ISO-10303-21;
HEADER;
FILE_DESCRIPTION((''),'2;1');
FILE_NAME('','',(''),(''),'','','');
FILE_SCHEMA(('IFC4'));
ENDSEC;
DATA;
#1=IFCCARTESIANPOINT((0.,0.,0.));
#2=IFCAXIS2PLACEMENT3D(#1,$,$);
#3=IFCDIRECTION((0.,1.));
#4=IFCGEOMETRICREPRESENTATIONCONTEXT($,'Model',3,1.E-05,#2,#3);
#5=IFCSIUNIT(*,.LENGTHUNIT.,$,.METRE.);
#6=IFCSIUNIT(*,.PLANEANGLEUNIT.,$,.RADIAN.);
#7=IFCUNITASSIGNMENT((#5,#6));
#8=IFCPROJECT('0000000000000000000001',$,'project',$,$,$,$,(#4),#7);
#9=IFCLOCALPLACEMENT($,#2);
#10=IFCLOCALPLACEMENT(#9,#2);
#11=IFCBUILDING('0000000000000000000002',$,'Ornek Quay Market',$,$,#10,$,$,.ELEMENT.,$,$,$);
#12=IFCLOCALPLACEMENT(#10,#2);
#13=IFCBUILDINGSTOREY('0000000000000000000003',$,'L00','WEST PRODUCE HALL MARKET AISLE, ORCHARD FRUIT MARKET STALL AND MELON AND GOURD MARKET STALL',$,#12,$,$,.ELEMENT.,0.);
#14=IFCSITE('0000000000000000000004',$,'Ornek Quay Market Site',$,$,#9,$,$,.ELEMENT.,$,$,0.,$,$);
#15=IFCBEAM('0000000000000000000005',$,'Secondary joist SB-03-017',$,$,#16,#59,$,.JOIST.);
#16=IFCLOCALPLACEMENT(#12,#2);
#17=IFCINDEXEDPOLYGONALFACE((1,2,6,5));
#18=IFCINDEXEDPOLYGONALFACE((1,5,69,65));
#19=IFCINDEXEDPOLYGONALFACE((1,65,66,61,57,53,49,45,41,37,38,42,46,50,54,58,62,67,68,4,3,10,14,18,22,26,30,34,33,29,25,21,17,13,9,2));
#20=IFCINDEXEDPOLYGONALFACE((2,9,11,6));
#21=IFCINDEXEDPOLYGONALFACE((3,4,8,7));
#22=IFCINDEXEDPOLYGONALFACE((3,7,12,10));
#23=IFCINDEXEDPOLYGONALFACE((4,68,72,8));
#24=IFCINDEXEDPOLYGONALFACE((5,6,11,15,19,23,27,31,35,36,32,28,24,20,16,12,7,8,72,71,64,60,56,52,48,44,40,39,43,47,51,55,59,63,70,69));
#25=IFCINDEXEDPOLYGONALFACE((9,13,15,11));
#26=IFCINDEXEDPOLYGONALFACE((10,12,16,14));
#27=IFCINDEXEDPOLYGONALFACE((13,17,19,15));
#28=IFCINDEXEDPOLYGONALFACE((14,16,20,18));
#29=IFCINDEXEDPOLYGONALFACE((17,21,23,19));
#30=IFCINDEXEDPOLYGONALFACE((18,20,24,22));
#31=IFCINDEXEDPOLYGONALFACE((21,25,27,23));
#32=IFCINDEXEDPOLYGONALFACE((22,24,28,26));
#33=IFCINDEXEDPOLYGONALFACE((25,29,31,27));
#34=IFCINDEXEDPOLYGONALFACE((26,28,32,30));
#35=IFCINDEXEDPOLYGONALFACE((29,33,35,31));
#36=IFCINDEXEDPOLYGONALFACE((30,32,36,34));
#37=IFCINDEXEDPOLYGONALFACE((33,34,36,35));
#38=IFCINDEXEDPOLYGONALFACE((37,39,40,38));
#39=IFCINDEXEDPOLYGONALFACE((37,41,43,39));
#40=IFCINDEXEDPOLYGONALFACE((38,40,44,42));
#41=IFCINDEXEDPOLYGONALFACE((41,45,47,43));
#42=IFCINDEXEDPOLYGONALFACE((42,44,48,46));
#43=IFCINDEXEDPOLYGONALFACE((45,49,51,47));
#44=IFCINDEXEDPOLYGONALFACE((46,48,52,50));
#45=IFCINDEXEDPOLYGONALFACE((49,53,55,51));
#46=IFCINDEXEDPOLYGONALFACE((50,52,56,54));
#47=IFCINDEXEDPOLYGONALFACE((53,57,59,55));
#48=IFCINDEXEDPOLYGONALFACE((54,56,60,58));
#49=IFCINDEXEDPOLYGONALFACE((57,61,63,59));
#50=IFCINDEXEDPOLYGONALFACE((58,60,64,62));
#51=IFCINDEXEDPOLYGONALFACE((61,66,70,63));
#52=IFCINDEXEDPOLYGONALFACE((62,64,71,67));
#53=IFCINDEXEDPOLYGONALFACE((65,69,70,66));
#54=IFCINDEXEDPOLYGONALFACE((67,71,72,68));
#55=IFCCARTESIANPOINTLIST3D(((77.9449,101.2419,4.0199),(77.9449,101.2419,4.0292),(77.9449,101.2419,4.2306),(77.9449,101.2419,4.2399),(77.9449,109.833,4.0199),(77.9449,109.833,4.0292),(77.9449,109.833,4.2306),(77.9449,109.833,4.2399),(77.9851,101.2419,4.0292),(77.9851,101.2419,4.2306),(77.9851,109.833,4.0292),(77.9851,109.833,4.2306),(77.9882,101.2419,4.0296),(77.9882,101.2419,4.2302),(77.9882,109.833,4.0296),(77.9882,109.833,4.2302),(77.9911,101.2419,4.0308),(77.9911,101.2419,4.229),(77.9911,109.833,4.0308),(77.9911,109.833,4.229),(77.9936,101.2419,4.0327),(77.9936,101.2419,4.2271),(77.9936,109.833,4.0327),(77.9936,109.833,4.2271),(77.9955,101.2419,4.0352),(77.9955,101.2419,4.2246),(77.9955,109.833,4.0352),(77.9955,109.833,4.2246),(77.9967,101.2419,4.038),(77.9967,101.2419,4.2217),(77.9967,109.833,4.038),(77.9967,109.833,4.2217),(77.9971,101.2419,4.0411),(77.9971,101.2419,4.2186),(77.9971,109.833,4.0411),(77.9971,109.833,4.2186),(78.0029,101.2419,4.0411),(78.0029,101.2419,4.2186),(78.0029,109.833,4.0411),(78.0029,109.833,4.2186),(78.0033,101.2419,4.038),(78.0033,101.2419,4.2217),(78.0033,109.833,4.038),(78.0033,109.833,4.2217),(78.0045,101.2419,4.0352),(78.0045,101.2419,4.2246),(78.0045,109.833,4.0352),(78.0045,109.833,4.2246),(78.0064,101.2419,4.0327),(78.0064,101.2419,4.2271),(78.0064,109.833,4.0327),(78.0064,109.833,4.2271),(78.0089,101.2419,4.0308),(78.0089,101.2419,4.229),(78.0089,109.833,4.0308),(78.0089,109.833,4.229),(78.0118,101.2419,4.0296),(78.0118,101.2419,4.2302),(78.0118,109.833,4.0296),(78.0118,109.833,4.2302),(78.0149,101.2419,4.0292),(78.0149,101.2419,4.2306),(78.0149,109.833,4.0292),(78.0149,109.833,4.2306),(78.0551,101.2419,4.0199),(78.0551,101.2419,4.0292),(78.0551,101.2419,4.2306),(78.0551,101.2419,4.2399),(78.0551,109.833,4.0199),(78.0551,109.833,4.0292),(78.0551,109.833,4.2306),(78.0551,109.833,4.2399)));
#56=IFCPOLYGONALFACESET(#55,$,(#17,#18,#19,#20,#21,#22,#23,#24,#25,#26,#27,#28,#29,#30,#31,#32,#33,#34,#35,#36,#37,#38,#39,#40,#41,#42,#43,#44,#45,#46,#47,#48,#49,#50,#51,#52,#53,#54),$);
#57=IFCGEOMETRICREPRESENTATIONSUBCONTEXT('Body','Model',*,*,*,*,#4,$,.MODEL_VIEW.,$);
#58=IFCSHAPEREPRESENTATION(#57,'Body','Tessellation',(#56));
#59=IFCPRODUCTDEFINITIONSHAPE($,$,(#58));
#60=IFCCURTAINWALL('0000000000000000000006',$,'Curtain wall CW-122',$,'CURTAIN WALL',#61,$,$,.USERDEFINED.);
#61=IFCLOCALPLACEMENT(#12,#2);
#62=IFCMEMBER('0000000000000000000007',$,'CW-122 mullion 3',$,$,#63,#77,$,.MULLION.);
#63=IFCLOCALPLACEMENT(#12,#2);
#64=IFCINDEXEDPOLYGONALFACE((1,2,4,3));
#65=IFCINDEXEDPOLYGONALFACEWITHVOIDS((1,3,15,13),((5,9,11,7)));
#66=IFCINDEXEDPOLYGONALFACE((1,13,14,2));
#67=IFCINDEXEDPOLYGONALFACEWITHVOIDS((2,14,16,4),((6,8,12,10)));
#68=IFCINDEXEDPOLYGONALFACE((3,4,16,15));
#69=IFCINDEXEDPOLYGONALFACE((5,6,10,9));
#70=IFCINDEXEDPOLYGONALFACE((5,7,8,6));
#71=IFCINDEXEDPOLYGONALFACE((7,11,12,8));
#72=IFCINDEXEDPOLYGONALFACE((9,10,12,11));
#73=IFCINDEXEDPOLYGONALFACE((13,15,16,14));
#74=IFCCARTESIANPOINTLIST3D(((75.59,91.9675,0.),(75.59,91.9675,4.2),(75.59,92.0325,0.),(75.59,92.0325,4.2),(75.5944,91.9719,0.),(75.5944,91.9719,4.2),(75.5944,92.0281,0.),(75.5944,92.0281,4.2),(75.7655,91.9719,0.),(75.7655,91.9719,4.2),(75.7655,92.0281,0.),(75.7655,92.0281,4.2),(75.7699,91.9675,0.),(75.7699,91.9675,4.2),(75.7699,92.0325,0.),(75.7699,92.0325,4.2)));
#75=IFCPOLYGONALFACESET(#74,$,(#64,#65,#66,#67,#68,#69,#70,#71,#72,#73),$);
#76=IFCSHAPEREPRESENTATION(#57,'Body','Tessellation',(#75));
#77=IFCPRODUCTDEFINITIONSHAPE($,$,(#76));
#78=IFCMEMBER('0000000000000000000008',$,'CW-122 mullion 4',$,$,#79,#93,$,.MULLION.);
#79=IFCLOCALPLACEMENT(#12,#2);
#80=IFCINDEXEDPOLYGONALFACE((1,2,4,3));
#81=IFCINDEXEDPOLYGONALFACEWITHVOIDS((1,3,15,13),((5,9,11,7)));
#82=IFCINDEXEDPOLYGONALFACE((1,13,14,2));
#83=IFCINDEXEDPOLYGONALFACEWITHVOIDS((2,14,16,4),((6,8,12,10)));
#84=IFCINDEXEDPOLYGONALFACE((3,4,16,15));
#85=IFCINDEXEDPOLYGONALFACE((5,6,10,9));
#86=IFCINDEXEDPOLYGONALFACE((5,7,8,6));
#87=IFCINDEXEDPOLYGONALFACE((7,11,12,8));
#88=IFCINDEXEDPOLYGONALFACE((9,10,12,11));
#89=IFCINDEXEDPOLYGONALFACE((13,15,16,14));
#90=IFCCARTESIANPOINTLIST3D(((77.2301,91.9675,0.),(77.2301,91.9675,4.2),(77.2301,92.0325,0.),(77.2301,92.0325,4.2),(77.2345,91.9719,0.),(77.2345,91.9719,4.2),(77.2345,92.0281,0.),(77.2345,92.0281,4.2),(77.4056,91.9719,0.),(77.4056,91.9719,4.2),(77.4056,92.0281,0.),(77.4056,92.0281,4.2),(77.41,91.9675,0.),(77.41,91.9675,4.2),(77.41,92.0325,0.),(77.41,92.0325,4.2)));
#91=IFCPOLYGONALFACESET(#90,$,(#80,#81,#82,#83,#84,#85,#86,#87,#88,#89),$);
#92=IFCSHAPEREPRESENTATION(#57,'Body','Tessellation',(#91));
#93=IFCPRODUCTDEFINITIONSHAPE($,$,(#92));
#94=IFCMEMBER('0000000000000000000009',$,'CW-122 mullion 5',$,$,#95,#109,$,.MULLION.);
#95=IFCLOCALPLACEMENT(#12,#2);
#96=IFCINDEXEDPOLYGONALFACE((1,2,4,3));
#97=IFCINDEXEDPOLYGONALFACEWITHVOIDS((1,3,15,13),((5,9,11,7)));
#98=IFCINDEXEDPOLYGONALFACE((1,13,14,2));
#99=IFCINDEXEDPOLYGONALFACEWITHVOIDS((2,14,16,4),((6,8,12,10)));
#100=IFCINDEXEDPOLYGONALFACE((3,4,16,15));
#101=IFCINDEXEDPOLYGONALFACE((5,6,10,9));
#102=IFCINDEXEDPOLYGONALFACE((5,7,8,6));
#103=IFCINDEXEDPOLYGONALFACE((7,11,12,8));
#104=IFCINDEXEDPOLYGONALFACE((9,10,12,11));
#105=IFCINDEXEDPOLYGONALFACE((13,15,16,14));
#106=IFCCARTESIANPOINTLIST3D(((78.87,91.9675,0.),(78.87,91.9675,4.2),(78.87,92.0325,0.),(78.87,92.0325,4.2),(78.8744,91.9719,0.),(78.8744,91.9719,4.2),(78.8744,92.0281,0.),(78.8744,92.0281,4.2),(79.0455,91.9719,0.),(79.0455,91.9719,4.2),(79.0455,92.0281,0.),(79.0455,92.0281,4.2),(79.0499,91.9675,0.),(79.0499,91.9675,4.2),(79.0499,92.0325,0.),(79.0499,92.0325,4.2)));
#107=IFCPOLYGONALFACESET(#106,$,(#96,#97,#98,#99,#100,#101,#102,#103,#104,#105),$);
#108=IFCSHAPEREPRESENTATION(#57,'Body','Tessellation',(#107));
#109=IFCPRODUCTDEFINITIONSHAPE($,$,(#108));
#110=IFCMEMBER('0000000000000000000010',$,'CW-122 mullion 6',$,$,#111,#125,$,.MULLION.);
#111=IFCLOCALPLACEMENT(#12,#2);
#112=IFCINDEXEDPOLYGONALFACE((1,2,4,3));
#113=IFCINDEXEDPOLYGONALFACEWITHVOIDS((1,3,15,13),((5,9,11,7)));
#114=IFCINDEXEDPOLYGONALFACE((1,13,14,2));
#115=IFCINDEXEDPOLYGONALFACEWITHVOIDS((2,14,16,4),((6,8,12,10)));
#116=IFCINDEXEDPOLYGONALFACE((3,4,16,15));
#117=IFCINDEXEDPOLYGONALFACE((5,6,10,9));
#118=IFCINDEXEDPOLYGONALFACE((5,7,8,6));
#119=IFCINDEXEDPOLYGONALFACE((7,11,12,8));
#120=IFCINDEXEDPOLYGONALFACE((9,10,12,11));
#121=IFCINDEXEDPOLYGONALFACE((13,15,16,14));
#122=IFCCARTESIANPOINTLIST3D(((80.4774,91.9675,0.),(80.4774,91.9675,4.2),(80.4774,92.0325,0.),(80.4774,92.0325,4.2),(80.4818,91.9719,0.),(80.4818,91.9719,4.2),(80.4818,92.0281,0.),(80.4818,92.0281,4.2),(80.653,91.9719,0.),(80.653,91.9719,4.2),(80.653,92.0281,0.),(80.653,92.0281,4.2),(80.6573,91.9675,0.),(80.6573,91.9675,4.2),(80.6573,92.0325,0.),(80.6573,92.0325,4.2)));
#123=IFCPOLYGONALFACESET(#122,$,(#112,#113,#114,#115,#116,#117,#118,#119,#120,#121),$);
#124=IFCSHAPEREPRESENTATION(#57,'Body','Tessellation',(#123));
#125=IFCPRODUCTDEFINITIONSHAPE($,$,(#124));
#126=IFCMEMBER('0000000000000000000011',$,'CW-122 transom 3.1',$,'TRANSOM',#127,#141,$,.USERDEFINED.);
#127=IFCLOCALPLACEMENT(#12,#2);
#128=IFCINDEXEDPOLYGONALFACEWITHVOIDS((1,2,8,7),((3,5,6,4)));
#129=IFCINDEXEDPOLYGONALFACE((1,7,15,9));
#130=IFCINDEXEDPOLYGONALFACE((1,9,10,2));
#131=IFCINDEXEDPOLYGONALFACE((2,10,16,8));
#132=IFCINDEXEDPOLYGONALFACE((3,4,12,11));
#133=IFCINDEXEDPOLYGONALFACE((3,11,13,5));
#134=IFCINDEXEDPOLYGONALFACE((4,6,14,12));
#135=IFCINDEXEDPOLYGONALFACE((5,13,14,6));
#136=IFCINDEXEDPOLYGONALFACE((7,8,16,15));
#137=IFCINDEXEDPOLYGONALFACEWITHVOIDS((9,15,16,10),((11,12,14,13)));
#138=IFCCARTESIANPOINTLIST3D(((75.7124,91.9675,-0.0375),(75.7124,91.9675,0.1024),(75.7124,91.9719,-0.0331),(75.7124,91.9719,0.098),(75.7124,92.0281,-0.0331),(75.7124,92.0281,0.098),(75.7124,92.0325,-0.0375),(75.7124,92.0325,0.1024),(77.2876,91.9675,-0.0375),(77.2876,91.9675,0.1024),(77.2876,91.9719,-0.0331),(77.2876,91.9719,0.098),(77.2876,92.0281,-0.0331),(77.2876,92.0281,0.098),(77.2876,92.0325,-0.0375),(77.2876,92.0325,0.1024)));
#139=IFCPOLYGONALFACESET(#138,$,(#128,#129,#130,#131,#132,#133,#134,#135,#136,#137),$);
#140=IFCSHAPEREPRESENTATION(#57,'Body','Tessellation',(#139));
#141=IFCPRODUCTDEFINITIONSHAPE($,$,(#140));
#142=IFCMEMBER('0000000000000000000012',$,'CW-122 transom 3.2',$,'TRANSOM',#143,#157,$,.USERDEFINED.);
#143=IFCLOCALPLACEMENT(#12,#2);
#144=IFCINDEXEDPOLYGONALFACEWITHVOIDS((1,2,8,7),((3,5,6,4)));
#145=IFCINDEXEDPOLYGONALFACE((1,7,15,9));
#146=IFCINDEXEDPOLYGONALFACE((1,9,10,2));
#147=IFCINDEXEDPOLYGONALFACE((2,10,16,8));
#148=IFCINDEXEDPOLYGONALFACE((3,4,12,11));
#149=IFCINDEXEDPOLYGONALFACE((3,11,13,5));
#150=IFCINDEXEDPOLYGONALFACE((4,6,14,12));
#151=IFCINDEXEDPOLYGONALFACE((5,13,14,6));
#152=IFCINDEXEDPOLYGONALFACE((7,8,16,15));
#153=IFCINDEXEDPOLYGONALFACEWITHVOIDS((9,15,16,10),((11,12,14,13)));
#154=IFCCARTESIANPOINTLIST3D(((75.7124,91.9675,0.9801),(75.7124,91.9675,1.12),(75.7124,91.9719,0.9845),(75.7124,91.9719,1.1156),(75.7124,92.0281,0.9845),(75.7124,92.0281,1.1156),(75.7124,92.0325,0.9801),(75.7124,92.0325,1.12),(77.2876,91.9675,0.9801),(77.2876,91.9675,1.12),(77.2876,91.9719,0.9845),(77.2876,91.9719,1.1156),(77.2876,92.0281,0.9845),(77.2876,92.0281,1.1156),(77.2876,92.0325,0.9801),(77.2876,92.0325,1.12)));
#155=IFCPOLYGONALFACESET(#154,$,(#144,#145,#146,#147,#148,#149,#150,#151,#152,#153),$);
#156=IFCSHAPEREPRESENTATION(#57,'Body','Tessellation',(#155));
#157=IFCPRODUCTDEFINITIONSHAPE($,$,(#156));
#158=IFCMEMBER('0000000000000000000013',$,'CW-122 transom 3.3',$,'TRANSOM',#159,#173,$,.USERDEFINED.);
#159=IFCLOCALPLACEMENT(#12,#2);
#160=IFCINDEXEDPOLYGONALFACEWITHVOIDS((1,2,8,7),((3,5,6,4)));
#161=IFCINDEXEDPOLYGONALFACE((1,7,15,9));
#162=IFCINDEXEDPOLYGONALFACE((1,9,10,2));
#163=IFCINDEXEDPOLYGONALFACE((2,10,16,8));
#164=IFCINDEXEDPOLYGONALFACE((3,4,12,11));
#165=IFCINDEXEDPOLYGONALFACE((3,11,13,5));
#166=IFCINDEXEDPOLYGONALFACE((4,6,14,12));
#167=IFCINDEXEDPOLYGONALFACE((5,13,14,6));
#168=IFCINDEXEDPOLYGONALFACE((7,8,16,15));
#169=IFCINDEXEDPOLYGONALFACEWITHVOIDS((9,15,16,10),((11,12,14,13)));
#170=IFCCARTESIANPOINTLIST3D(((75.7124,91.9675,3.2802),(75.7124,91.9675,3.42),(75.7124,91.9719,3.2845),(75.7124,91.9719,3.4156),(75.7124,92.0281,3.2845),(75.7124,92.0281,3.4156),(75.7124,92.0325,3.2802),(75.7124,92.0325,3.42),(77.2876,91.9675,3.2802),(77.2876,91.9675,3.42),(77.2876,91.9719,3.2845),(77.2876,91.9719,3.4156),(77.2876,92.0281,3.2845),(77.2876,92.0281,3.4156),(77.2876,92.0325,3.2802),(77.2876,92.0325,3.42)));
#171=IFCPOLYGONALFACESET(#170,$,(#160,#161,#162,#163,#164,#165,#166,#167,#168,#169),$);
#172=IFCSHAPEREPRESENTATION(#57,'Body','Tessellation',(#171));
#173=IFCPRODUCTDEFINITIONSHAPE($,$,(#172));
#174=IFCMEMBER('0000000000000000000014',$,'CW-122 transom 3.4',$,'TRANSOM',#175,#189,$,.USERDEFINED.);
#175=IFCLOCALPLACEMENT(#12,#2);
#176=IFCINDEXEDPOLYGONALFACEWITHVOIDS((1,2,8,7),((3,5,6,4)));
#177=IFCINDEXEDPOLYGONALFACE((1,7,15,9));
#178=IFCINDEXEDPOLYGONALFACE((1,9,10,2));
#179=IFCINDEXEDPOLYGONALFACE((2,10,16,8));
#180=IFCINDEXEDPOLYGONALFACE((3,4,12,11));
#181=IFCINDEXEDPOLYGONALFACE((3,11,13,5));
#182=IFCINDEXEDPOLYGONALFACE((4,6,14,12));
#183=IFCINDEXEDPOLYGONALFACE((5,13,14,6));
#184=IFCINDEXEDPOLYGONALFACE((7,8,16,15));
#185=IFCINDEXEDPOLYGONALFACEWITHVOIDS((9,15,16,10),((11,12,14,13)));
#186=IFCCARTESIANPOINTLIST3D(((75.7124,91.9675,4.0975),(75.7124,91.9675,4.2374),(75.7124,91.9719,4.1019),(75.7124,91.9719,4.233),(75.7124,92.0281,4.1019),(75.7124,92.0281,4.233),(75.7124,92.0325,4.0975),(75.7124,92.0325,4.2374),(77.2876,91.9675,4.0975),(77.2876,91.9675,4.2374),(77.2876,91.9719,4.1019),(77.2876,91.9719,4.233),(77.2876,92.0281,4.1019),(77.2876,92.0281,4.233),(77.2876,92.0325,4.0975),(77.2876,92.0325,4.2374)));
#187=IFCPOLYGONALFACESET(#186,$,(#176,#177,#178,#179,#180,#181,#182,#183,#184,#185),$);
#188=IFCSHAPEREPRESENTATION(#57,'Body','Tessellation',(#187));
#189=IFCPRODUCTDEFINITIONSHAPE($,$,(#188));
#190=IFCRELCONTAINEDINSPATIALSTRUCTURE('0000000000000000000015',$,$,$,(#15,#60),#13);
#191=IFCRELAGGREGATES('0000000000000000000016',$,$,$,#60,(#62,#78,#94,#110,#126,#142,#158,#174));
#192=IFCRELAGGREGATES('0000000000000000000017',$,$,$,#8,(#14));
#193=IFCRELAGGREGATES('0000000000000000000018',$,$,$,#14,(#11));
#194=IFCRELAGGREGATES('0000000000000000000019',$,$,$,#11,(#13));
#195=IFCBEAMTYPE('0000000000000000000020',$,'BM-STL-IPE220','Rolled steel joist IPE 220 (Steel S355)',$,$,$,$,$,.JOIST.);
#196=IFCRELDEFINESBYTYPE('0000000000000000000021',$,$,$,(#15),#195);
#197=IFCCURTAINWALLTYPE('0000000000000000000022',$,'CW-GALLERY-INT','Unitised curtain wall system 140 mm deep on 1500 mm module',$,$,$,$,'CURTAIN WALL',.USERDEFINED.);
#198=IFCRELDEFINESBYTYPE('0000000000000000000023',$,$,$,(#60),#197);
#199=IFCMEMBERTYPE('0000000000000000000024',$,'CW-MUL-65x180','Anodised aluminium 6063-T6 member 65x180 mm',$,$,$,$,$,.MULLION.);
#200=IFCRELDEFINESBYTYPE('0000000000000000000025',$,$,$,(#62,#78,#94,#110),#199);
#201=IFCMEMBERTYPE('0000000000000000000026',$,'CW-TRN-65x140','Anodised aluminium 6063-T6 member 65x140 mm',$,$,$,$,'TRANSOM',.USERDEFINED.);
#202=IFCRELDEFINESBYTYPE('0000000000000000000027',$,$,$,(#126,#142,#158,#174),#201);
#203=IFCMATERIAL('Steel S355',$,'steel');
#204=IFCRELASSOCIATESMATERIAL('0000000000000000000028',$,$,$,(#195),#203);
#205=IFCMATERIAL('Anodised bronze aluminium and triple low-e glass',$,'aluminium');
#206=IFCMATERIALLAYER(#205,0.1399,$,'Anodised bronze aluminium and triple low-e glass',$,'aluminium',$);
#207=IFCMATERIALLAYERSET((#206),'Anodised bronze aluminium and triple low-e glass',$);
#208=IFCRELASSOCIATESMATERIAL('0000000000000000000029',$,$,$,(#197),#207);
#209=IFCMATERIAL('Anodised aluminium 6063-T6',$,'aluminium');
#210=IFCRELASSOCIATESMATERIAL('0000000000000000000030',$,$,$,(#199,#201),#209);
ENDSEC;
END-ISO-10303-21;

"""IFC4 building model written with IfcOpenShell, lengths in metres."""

from ifc_helpers import new_model, si_unit, direction, frame, origin, origin_2d, place, context, subcontext, project, spatial, hollow_rectangle, i_section, extrude, material, layer, layer_set, material_profile, profile_set, type_object, element, aggregate, save


model = new_model("IFC4")

# Units and contexts
model_context = context("Model", 3, precision=1e-05, world=origin(), true_north=direction((0.0, 1.0)))
body_context = subcontext(model_context, "Body", "Model", "MODEL_VIEW")
ifc_project = project(units=[si_unit("LENGTHUNIT", "METRE"), si_unit("PLANEANGLEUNIT", "RADIAN")], contexts=[model_context])

# Site, building, storey
site_placement = place(None, origin())
site = spatial("IfcSite", under=ifc_project, at=site_placement, Name="Ornek Quay Market Site", CompositionType="ELEMENT", RefElevation=0.0)
building_placement = place(site_placement, origin())
building = spatial("IfcBuilding", under=site, at=building_placement, Name="Ornek Quay Market", CompositionType="ELEMENT")
storey_placement = place(building_placement, origin())
storey = spatial("IfcBuildingStorey", under=building, at=storey_placement, Name="L00", Description="WEST PRODUCE HALL MARKET AISLE, ORCHARD FRUIT MARKET STALL AND MELON AND GOURD MARKET STALL", CompositionType="ELEMENT", Elevation=0.0)

# Beam
ifc_material_1 = material(Name="Steel S355", Category="steel")
ifc_material_profile_1 = material_profile(ifc_material_1, i_section(OverallWidth=0.1101, OverallDepth=0.22, WebThickness=0.0059, FlangeThickness=0.0093, FilletRadius=0.012, at=origin_2d()), Name="IPE 220", Category="steel")
ifc_profile_set_1 = profile_set([ifc_material_profile_1], Name="Steel S355")
beam_type_1 = type_object("IfcBeamType", Name="BM-STL-IPE220", Description="Rolled steel joist IPE 220 (Steel S355)", PredefinedType="JOIST", material=ifc_profile_set_1)
for number, where, z_axis, x_axis, name in (
    (1, (78.0, 101.2419, 4.1299), (0.0, 1.0, 0.0), (-1.0, 0.0, 0.0), "Secondary joist SB-03-017"),
):
    element("IfcBeam", number, at=place(storey_placement, frame(where, z_axis=z_axis, x_axis=x_axis)), inside=storey, type_object=beam_type_1, Name=name, PredefinedType="JOIST", context=body_context, shape_type="SweptSolid", body=[
        extrude(i_section(OverallWidth=0.1101, OverallDepth=0.22, WebThickness=0.0059, FlangeThickness=0.0093, FilletRadius=0.012, at=origin_2d()), origin(), (0.0, 0.0, 1.0), 8.5911),
    ])

# Curtain wall, members
ifc_material_2 = material(Name="Anodised bronze aluminium and triple low-e glass", Category="aluminium")
ifc_layer_1 = layer(ifc_material_2, 0.1399, Name="Anodised bronze aluminium and triple low-e glass", Category="aluminium")
ifc_layer_set_1 = layer_set([ifc_layer_1], Name="Anodised bronze aluminium and triple low-e glass")
curtain_wall_type = type_object("IfcCurtainWallType", Name="CW-GALLERY-INT", Description="Unitised curtain wall system 140 mm deep on 1500 mm module", ElementType="CURTAIN WALL", PredefinedType="USERDEFINED", material=ifc_layer_set_1)
curtain_wall_placement = place(storey_placement, origin())
curtain_wall = element("IfcCurtainWall", 2, at=curtain_wall_placement, inside=storey, type_object=curtain_wall_type, Name="Curtain wall CW-122", ObjectType="CURTAIN WALL", PredefinedType="USERDEFINED")
ifc_material_3 = material(Name="Anodised aluminium 6063-T6", Category="aluminium")
ifc_material_profile_2 = material_profile(ifc_material_3, hollow_rectangle(XDim=0.0649, YDim=0.1799, WallThickness=0.0044, at=origin_2d()), Name="CW-MUL-65x180", Category="aluminium")
ifc_profile_set_2 = profile_set([ifc_material_profile_2], Name="Anodised aluminium 6063-T6")
member_type_1 = type_object("IfcMemberType", Name="CW-MUL-65x180", Description="Anodised aluminium 6063-T6 member 65x180 mm", PredefinedType="MULLION", material=ifc_profile_set_2)
member_1_placement = place(storey_placement, frame((75.6799, 92.0, 0.0), z_axis=(0.0, 0.0, 1.0), x_axis=(0.0, 1.0, 0.0)))
member_1 = element("IfcMember", 3, at=member_1_placement, type_object=member_type_1, Name="CW-122 mullion 3", PredefinedType="MULLION", context=body_context, shape_type="SweptSolid", body=[
    extrude(hollow_rectangle(XDim=0.0649, YDim=0.1799, WallThickness=0.0044, at=origin_2d()), origin(), (0.0, 0.0, 1.0), 4.2),
])
member_2_placement = place(storey_placement, frame((77.3201, 92.0, 0.0), z_axis=(0.0, 0.0, 1.0), x_axis=(0.0, 1.0, 0.0)))
member_2 = element("IfcMember", 4, at=member_2_placement, type_object=member_type_1, Name="CW-122 mullion 4", PredefinedType="MULLION", context=body_context, shape_type="SweptSolid", body=[
    extrude(hollow_rectangle(XDim=0.0649, YDim=0.1799, WallThickness=0.0044, at=origin_2d()), origin(), (0.0, 0.0, 1.0), 4.2),
])
member_3_placement = place(storey_placement, frame((78.96, 92.0, 0.0), z_axis=(0.0, 0.0, 1.0), x_axis=(0.0, 1.0, 0.0)))
member_3 = element("IfcMember", 5, at=member_3_placement, type_object=member_type_1, Name="CW-122 mullion 5", PredefinedType="MULLION", context=body_context, shape_type="SweptSolid", body=[
    extrude(hollow_rectangle(XDim=0.0649, YDim=0.1799, WallThickness=0.0044, at=origin_2d()), origin(), (0.0, 0.0, 1.0), 4.2),
])
member_4_placement = place(storey_placement, frame((80.5674, 92.0, 0.0), z_axis=(0.0, 0.0, 1.0), x_axis=(0.0, 1.0, 0.0)))
member_4 = element("IfcMember", 6, at=member_4_placement, type_object=member_type_1, Name="CW-122 mullion 6", PredefinedType="MULLION", context=body_context, shape_type="SweptSolid", body=[
    extrude(hollow_rectangle(XDim=0.0649, YDim=0.1799, WallThickness=0.0044, at=origin_2d()), origin(), (0.0, 0.0, 1.0), 4.2),
])
ifc_material_profile_3 = material_profile(ifc_material_3, hollow_rectangle(XDim=0.0649, YDim=0.1399, WallThickness=0.0044, at=origin_2d()), Name="CW-TRN-65x140", Category="aluminium")
ifc_profile_set_3 = profile_set([ifc_material_profile_3], Name="Anodised aluminium 6063-T6")
member_type_2 = type_object("IfcMemberType", Name="CW-TRN-65x140", Description="Anodised aluminium 6063-T6 member 65x140 mm", ElementType="TRANSOM", PredefinedType="USERDEFINED", material=ifc_profile_set_3)
member_5_placement = place(storey_placement, frame((75.7124, 92.0, 0.0325), z_axis=(1.0, 0.0, 0.0), x_axis=(0.0, 1.0, 0.0)))
member_5 = element("IfcMember", 7, at=member_5_placement, type_object=member_type_2, Name="CW-122 transom 3.1", ObjectType="TRANSOM", PredefinedType="USERDEFINED", context=body_context, shape_type="SweptSolid", body=[
    extrude(hollow_rectangle(XDim=0.0649, YDim=0.1399, WallThickness=0.0044, at=origin_2d()), origin(), (0.0, 0.0, 1.0), 1.5752),
])
member_6_placement = place(storey_placement, frame((75.7124, 92.0, 1.05), z_axis=(1.0, 0.0, 0.0), x_axis=(0.0, 1.0, 0.0)))
member_6 = element("IfcMember", 8, at=member_6_placement, type_object=member_type_2, Name="CW-122 transom 3.2", ObjectType="TRANSOM", PredefinedType="USERDEFINED", context=body_context, shape_type="SweptSolid", body=[
    extrude(hollow_rectangle(XDim=0.0649, YDim=0.1399, WallThickness=0.0044, at=origin_2d()), origin(), (0.0, 0.0, 1.0), 1.5752),
])
member_7_placement = place(storey_placement, frame((75.7124, 92.0, 3.3501), z_axis=(1.0, 0.0, 0.0), x_axis=(0.0, 1.0, 0.0)))
member_7 = element("IfcMember", 9, at=member_7_placement, type_object=member_type_2, Name="CW-122 transom 3.3", ObjectType="TRANSOM", PredefinedType="USERDEFINED", context=body_context, shape_type="SweptSolid", body=[
    extrude(hollow_rectangle(XDim=0.0649, YDim=0.1399, WallThickness=0.0044, at=origin_2d()), origin(), (0.0, 0.0, 1.0), 1.5752),
])
member_8_placement = place(storey_placement, frame((75.7124, 92.0, 4.1675), z_axis=(1.0, 0.0, 0.0), x_axis=(0.0, 1.0, 0.0)))
member_8 = element("IfcMember", 10, at=member_8_placement, type_object=member_type_2, Name="CW-122 transom 3.4", ObjectType="TRANSOM", PredefinedType="USERDEFINED", context=body_context, shape_type="SweptSolid", body=[
    extrude(hollow_rectangle(XDim=0.0649, YDim=0.1399, WallThickness=0.0044, at=origin_2d()), origin(), (0.0, 0.0, 1.0), 1.5752),
])
aggregate(curtain_wall, [member_1, member_2, member_3, member_4, member_5, member_6, member_7, member_8])

save(model, "model.ifc")
